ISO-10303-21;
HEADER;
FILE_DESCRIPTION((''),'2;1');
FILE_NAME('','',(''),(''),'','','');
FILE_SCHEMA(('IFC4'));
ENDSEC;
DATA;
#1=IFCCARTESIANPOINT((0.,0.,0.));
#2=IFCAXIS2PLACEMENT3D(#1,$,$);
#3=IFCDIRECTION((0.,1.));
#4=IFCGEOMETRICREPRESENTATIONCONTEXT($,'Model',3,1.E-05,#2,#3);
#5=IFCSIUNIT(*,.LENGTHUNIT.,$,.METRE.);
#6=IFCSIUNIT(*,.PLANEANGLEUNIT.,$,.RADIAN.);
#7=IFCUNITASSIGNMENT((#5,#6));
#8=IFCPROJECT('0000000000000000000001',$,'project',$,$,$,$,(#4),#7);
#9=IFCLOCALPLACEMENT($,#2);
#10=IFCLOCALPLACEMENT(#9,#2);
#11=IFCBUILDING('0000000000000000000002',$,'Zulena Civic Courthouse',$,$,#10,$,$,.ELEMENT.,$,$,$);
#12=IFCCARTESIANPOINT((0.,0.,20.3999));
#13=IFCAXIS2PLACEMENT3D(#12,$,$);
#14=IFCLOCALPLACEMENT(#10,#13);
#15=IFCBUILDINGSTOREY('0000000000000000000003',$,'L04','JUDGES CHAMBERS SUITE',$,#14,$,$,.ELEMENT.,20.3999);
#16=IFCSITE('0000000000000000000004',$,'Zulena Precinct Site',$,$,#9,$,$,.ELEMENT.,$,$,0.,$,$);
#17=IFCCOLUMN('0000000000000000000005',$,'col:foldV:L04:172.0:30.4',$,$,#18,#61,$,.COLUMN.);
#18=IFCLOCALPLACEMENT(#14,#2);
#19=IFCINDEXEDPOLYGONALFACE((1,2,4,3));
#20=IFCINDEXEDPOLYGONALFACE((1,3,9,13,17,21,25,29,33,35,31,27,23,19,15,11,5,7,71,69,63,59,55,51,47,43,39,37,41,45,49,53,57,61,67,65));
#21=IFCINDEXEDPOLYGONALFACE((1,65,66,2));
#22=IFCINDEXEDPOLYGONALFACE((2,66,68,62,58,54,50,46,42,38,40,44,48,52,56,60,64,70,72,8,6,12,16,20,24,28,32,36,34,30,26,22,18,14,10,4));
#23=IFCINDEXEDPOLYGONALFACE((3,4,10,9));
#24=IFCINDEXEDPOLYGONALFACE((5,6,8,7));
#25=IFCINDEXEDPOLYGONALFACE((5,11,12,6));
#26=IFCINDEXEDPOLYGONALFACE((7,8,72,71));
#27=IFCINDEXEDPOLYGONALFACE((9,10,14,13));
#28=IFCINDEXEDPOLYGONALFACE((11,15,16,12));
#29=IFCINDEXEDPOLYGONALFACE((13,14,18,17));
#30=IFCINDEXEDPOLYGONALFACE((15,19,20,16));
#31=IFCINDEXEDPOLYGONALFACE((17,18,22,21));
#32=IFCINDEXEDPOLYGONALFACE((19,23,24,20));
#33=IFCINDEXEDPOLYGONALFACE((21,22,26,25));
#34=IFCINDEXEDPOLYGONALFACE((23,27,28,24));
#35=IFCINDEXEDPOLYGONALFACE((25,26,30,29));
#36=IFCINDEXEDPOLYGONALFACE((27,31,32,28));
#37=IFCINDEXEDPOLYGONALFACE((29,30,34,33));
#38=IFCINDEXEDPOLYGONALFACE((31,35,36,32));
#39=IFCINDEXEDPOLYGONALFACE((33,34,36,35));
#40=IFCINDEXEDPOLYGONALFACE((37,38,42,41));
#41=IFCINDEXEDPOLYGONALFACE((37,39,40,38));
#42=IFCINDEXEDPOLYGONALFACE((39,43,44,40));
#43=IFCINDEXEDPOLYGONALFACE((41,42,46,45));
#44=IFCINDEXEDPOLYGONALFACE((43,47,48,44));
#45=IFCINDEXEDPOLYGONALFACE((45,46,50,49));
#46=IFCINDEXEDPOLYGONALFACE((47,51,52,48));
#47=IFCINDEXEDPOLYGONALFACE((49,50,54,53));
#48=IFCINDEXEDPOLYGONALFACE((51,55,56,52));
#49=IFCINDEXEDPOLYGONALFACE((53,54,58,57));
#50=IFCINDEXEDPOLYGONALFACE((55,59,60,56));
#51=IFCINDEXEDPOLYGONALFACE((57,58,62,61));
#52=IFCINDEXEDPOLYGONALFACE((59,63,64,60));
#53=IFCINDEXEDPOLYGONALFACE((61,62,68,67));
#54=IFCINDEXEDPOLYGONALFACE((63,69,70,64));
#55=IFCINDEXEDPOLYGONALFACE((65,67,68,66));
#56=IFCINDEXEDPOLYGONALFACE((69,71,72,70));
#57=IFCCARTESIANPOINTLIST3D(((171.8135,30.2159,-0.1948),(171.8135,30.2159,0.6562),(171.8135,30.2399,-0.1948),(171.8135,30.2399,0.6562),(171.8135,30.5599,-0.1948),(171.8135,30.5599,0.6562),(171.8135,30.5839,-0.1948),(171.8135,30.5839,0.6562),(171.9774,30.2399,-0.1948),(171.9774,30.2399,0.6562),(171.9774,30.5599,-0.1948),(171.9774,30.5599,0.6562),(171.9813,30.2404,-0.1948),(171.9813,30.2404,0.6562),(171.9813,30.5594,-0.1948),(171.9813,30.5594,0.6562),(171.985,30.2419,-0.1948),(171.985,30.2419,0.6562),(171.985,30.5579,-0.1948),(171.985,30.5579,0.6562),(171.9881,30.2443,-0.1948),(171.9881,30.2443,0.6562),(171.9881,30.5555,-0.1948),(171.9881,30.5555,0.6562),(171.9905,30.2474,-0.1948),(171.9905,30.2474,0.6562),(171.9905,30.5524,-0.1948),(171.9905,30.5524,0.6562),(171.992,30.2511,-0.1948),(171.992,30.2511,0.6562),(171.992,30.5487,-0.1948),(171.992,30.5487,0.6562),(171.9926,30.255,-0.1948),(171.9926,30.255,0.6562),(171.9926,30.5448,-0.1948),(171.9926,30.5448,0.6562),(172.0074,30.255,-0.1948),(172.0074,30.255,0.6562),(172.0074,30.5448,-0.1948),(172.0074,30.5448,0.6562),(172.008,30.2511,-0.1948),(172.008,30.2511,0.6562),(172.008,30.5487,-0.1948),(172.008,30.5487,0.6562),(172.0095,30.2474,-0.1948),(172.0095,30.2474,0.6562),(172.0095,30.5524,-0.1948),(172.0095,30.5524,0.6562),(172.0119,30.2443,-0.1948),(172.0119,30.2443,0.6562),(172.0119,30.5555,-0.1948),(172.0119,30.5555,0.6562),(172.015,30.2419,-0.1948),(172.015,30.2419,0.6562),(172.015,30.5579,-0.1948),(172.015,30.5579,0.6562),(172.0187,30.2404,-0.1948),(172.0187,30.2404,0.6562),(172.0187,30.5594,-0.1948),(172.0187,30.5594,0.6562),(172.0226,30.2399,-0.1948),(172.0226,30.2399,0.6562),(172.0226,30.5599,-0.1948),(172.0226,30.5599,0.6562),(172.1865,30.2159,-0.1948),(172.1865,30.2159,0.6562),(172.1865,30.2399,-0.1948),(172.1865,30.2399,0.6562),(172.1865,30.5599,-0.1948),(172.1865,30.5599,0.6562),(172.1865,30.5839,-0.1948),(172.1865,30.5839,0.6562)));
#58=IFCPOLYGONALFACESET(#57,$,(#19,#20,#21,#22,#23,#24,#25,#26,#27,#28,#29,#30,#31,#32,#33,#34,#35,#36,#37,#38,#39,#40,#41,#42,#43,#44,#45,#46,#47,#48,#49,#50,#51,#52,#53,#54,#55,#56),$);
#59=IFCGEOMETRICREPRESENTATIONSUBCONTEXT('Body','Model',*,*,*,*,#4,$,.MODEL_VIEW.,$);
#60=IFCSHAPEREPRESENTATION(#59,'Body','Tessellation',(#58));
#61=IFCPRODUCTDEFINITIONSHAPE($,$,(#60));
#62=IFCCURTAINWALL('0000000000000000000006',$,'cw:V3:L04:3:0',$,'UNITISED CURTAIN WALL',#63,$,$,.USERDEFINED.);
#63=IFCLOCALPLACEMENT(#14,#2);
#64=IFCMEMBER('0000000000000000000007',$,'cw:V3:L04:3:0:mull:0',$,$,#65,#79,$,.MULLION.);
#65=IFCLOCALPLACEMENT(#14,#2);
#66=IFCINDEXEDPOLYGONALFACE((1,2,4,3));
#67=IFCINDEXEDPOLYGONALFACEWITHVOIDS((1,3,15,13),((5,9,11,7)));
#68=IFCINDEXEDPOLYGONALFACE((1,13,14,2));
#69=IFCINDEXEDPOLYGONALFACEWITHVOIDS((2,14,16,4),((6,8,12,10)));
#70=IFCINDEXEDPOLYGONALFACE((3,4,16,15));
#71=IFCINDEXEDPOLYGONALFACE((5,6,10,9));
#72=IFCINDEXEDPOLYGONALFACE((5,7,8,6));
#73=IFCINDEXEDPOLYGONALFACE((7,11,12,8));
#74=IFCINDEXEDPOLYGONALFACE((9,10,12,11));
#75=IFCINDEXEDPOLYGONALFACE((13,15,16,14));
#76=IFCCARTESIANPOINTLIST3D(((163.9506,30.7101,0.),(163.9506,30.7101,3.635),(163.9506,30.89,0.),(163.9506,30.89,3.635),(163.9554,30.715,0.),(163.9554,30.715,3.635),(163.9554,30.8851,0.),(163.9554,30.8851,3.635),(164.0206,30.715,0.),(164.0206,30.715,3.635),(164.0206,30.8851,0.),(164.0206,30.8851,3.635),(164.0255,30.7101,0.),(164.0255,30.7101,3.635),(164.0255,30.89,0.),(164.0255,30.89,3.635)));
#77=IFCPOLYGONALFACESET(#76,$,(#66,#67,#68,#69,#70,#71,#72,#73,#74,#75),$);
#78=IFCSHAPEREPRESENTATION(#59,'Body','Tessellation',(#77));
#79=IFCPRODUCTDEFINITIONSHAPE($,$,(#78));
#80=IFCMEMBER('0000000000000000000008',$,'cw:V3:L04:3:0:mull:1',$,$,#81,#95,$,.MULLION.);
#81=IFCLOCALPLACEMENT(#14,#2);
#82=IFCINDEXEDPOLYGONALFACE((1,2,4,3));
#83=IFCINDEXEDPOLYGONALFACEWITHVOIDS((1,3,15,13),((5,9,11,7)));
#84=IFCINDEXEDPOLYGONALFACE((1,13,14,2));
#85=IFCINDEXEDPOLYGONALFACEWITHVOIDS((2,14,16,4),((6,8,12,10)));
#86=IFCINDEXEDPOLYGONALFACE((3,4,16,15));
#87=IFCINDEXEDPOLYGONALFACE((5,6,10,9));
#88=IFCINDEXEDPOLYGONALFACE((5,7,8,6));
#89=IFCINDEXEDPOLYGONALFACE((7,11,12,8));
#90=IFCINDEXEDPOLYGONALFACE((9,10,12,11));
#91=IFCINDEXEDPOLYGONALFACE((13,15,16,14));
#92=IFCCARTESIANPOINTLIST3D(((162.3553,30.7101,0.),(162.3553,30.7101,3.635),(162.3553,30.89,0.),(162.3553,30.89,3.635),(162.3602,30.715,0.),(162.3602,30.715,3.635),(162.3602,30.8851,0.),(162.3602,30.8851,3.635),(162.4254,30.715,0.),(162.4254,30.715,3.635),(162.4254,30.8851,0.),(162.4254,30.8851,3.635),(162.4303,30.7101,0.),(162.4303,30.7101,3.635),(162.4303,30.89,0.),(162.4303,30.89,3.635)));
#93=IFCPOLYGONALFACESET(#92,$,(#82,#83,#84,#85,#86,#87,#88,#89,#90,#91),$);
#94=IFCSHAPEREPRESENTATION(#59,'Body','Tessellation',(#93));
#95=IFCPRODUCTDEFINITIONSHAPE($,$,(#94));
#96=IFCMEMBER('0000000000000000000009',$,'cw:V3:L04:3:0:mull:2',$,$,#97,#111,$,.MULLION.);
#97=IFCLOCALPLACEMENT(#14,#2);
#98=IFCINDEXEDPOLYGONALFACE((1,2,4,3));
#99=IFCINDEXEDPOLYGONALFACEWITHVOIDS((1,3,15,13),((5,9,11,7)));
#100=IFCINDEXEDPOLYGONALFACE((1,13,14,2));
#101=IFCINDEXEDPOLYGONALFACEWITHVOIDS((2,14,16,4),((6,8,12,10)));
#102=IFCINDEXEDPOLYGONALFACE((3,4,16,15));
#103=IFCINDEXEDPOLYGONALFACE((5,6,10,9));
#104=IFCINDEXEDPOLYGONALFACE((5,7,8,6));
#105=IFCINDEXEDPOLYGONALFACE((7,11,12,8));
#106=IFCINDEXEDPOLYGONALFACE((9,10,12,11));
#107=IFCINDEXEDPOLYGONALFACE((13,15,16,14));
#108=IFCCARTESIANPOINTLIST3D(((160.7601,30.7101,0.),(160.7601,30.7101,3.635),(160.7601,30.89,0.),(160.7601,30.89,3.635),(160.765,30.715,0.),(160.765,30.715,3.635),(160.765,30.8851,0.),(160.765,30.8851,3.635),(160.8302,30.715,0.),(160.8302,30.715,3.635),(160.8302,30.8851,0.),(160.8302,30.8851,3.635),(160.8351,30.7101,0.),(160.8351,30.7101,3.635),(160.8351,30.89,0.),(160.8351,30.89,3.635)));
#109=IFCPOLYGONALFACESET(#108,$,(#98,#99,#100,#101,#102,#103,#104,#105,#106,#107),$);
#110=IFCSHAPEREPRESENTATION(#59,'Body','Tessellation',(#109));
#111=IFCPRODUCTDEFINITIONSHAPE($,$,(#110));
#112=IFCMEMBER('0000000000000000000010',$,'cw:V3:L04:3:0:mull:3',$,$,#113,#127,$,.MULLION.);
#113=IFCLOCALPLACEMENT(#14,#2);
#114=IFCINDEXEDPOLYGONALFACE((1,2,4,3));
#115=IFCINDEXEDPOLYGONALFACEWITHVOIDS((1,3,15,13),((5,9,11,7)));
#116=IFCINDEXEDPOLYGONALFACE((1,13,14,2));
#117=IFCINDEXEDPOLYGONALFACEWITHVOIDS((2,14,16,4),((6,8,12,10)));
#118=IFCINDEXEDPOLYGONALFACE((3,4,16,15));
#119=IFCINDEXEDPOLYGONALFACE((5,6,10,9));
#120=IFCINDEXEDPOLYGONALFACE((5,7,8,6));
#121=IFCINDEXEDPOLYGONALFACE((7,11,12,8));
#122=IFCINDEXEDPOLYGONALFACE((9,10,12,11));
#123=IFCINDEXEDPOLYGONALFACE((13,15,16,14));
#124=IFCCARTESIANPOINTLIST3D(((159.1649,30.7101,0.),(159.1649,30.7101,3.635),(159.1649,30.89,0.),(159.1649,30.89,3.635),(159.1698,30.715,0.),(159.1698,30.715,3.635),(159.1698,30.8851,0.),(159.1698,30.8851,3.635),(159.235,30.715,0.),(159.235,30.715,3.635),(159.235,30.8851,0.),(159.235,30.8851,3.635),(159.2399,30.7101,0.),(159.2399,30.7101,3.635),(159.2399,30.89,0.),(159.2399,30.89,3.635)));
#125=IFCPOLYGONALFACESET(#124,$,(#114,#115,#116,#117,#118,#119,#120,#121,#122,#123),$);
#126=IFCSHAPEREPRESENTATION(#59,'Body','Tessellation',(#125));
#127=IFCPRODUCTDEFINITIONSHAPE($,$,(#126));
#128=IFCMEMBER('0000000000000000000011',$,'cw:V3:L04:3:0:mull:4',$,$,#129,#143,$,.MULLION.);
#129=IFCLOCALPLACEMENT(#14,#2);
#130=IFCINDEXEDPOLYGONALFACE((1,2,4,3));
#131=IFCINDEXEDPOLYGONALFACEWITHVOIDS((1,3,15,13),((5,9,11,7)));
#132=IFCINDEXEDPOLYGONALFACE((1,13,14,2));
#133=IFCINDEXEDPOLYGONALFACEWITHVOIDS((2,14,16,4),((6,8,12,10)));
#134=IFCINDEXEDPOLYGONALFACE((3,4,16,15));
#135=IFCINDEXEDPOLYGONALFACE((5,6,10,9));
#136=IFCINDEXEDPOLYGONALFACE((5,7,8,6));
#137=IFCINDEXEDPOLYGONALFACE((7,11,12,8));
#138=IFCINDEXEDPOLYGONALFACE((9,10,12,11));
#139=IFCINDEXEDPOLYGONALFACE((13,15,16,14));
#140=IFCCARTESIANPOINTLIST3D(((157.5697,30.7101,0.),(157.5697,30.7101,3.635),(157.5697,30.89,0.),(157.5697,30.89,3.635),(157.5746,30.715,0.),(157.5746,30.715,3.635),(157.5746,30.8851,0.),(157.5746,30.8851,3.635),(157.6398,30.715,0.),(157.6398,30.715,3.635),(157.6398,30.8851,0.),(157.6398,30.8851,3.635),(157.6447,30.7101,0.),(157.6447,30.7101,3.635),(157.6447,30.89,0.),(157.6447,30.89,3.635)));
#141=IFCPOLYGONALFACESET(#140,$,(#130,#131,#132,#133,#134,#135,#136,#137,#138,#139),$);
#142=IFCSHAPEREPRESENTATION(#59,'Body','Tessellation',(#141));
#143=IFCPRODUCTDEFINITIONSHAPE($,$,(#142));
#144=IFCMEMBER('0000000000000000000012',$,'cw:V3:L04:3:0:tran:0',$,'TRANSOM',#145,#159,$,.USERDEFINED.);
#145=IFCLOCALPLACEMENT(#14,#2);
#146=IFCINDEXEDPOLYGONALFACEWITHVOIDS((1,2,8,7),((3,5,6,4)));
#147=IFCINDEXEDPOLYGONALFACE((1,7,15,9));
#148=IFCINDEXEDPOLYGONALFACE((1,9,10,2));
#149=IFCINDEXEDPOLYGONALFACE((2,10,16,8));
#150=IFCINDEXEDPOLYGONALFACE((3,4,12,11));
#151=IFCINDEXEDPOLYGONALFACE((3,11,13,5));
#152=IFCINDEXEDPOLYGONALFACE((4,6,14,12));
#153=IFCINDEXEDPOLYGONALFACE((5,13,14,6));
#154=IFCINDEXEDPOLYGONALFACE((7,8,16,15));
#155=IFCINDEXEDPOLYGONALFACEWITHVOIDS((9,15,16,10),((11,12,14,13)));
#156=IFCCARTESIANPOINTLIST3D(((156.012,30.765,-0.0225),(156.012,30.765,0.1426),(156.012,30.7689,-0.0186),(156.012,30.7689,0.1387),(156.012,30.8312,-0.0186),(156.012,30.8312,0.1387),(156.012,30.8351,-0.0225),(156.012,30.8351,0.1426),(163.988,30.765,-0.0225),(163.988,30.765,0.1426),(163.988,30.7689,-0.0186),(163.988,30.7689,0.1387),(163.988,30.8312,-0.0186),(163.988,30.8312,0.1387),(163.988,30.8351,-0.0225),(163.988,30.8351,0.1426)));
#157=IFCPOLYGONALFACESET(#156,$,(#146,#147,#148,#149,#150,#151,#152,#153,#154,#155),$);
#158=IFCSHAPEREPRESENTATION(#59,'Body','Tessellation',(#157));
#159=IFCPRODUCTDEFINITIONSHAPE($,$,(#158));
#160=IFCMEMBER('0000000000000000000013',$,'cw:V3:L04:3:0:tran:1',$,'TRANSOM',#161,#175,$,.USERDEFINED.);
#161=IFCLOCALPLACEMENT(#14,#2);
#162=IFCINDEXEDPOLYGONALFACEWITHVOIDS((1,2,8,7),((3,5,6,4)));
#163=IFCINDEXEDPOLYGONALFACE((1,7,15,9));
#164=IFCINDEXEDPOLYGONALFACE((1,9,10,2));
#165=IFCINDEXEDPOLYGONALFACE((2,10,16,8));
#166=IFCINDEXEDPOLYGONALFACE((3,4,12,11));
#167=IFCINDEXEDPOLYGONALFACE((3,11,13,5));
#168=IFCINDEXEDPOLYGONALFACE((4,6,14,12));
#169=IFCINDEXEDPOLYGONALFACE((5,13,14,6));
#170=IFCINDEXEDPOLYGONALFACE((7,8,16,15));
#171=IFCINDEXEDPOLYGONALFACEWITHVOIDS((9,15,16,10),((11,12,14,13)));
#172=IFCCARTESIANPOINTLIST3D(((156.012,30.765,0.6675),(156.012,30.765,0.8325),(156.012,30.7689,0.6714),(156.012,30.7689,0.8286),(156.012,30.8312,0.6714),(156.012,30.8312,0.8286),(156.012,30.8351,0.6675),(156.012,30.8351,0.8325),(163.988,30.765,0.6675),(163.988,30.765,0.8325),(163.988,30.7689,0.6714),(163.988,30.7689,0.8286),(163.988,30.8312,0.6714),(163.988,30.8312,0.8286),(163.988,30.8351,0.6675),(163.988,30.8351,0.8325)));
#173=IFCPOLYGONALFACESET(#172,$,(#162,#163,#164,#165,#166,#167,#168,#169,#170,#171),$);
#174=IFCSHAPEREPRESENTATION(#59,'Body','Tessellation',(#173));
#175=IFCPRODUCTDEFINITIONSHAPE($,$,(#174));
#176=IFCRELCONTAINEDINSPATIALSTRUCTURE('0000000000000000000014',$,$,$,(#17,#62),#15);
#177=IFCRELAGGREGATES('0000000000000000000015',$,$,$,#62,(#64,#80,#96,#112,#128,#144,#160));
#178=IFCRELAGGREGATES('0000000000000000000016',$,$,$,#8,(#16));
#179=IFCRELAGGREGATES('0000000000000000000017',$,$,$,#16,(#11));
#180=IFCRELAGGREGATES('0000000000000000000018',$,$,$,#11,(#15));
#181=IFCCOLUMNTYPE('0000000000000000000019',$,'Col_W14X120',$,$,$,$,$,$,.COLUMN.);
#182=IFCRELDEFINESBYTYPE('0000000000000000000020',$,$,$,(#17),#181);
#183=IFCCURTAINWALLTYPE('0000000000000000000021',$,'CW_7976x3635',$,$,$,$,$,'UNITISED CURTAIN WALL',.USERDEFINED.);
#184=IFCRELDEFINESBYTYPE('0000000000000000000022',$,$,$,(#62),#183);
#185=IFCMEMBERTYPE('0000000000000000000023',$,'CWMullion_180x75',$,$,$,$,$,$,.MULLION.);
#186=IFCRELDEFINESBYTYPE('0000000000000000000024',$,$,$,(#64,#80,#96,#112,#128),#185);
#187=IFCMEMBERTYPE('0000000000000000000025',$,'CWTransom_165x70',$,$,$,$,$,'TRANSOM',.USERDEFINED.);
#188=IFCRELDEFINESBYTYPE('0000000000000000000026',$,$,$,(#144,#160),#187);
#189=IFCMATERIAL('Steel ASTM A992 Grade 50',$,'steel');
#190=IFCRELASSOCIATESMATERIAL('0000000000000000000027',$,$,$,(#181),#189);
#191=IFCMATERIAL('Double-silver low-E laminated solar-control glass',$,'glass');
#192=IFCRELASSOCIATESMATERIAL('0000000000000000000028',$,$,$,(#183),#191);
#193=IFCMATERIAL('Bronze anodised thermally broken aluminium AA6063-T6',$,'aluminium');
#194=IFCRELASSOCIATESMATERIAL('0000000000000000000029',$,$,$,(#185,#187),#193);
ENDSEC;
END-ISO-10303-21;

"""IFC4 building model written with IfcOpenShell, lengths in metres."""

from ifc_helpers import new_model, si_unit, direction, frame, origin, origin_2d, place, context, subcontext, project, spatial, hollow_rectangle, i_section, extrude, material, material_profile, profile_set, type_object, element, aggregate, save


model = new_model("IFC4")

# Units and contexts
model_context = context("Model", 3, precision=1e-05, world=origin(), true_north=direction((0.0, 1.0)))
body_context = subcontext(model_context, "Body", "Model", "MODEL_VIEW")
ifc_project = project(units=[si_unit("LENGTHUNIT", "METRE"), si_unit("PLANEANGLEUNIT", "RADIAN")], contexts=[model_context])

# Site, building, storey
site_placement = place(None, origin())
site = spatial("IfcSite", under=ifc_project, at=site_placement, Name="Zulena Precinct Site", CompositionType="ELEMENT", RefElevation=0.0)
building_placement = place(site_placement, origin())
building = spatial("IfcBuilding", under=site, at=building_placement, Name="Zulena Civic Courthouse", CompositionType="ELEMENT")
storey_placement = place(building_placement, frame((0.0, 0.0, 20.3999)))
storey = spatial("IfcBuildingStorey", under=building, at=storey_placement, Name="L04", Description="JUDGES CHAMBERS SUITE", CompositionType="ELEMENT", Elevation=20.3999)

# Column
ifc_material_1 = material(Name="Steel ASTM A992 Grade 50", Category="steel")
ifc_material_profile_1 = material_profile(ifc_material_1, i_section(OverallWidth=0.373, OverallDepth=0.3679, WebThickness=0.0149, FlangeThickness=0.0239, FilletRadius=0.0151, at=origin_2d()), Name="W14X120")
ifc_profile_set_1 = profile_set([ifc_material_profile_1], Name="Steel ASTM A992 Grade 50")
column_type = type_object("IfcColumnType", Name="Col_W14X120", PredefinedType="COLUMN", material=ifc_profile_set_1)
column_placement = place(storey_placement, frame((172.0, 30.3999, -0.1948), z_axis=(0.0, 0.0, 1.0), x_axis=(1.0, 0.0, 0.0)))
element("IfcColumn", 1, at=column_placement, inside=storey, type_object=column_type, Name="col:foldV:L04:172.0:30.4", PredefinedType="COLUMN", context=body_context, shape_type="SweptSolid", body=[
    extrude(i_section(OverallWidth=0.373, OverallDepth=0.3679, WebThickness=0.0149, FlangeThickness=0.0239, FilletRadius=0.0151, at=origin_2d()), origin(), (0.0, 0.0, 1.0), 0.8511),
])

# Curtain wall, members
ifc_material_2 = material(Name="Double-silver low-E laminated solar-control glass", Category="glass")
curtain_wall_type = type_object("IfcCurtainWallType", Name="CW_7976x3635", ElementType="UNITISED CURTAIN WALL", PredefinedType="USERDEFINED", material=ifc_material_2)
curtain_wall_placement = place(storey_placement, origin())
curtain_wall = element("IfcCurtainWall", 2, at=curtain_wall_placement, inside=storey, type_object=curtain_wall_type, Name="cw:V3:L04:3:0", ObjectType="UNITISED CURTAIN WALL", PredefinedType="USERDEFINED")
ifc_material_3 = material(Name="Bronze anodised thermally broken aluminium AA6063-T6", Category="aluminium")
ifc_material_profile_2 = material_profile(ifc_material_3, hollow_rectangle(XDim=0.075, YDim=0.1799, WallThickness=0.0049, at=origin_2d()), Name="CWM180X75X5")
ifc_profile_set_2 = profile_set([ifc_material_profile_2], Name="Bronze anodised thermally broken aluminium AA6063-T6")
member_type_1 = type_object("IfcMemberType", Name="CWMullion_180x75", PredefinedType="MULLION", material=ifc_profile_set_2)
member_1_placement = place(storey_placement, frame((163.988, 30.8, 0.0), z_axis=(0.0, 0.0, 1.0), x_axis=(1.0, 0.0, 0.0)))
member_1 = element("IfcMember", 3, at=member_1_placement, type_object=member_type_1, Name="cw:V3:L04:3:0:mull:0", PredefinedType="MULLION", context=body_context, shape_type="SweptSolid", body=[
    extrude(hollow_rectangle(XDim=0.075, YDim=0.1799, WallThickness=0.0049, at=origin_2d()), origin(), (0.0, 0.0, 1.0), 3.635),
])
member_2_placement = place(storey_placement, frame((162.3928, 30.8, 0.0), z_axis=(0.0, 0.0, 1.0), x_axis=(1.0, 0.0, 0.0)))
member_2 = element("IfcMember", 4, at=member_2_placement, type_object=member_type_1, Name="cw:V3:L04:3:0:mull:1", PredefinedType="MULLION", context=body_context, shape_type="SweptSolid", body=[
    extrude(hollow_rectangle(XDim=0.075, YDim=0.1799, WallThickness=0.0049, at=origin_2d()), origin(), (0.0, 0.0, 1.0), 3.635),
])
member_3_placement = place(storey_placement, frame((160.7976, 30.8, 0.0), z_axis=(0.0, 0.0, 1.0), x_axis=(1.0, 0.0, 0.0)))
member_3 = element("IfcMember", 5, at=member_3_placement, type_object=member_type_1, Name="cw:V3:L04:3:0:mull:2", PredefinedType="MULLION", context=body_context, shape_type="SweptSolid", body=[
    extrude(hollow_rectangle(XDim=0.075, YDim=0.1799, WallThickness=0.0049, at=origin_2d()), origin(), (0.0, 0.0, 1.0), 3.635),
])
member_4_placement = place(storey_placement, frame((159.2024, 30.8, 0.0), z_axis=(0.0, 0.0, 1.0), x_axis=(1.0, 0.0, 0.0)))
member_4 = element("IfcMember", 6, at=member_4_placement, type_object=member_type_1, Name="cw:V3:L04:3:0:mull:3", PredefinedType="MULLION", context=body_context, shape_type="SweptSolid", body=[
    extrude(hollow_rectangle(XDim=0.075, YDim=0.1799, WallThickness=0.0049, at=origin_2d()), origin(), (0.0, 0.0, 1.0), 3.635),
])
member_5_placement = place(storey_placement, frame((157.6072, 30.8, 0.0), z_axis=(0.0, 0.0, 1.0), x_axis=(1.0, 0.0, 0.0)))
member_5 = element("IfcMember", 7, at=member_5_placement, type_object=member_type_1, Name="cw:V3:L04:3:0:mull:4", PredefinedType="MULLION", context=body_context, shape_type="SweptSolid", body=[
    extrude(hollow_rectangle(XDim=0.075, YDim=0.1799, WallThickness=0.0049, at=origin_2d()), origin(), (0.0, 0.0, 1.0), 3.635),
])
ifc_material_profile_3 = material_profile(ifc_material_3, hollow_rectangle(XDim=0.0701, YDim=0.165, WallThickness=0.0039, at=origin_2d()), Name="CWT165X70X4")
ifc_profile_set_3 = profile_set([ifc_material_profile_3], Name="Bronze anodised thermally broken aluminium AA6063-T6")
member_type_2 = type_object("IfcMemberType", Name="CWTransom_165x70", ElementType="TRANSOM", PredefinedType="USERDEFINED", material=ifc_profile_set_3)
member_6_placement = place(storey_placement, frame((163.988, 30.8, 0.0601), z_axis=(-1.0, 0.0, 0.0), x_axis=(0.0, -1.0, 0.0)))
member_6 = element("IfcMember", 8, at=member_6_placement, type_object=member_type_2, Name="cw:V3:L04:3:0:tran:0", ObjectType="TRANSOM", PredefinedType="USERDEFINED", context=body_context, shape_type="SweptSolid", body=[
    extrude(hollow_rectangle(XDim=0.0701, YDim=0.165, WallThickness=0.0039, at=origin_2d()), origin(), (0.0, 0.0, 1.0), 7.9761),
])
member_7_placement = place(storey_placement, frame((163.988, 30.8, 0.75), z_axis=(-1.0, 0.0, 0.0), x_axis=(0.0, -1.0, 0.0)))
member_7 = element("IfcMember", 9, at=member_7_placement, type_object=member_type_2, Name="cw:V3:L04:3:0:tran:1", ObjectType="TRANSOM", PredefinedType="USERDEFINED", context=body_context, shape_type="SweptSolid", body=[
    extrude(hollow_rectangle(XDim=0.0701, YDim=0.165, WallThickness=0.0039, at=origin_2d()), origin(), (0.0, 0.0, 1.0), 7.9761),
])

aggregate(curtain_wall, [member_1, member_2, member_3, member_4, member_5, member_6, member_7])

save(model, "model.ifc")
